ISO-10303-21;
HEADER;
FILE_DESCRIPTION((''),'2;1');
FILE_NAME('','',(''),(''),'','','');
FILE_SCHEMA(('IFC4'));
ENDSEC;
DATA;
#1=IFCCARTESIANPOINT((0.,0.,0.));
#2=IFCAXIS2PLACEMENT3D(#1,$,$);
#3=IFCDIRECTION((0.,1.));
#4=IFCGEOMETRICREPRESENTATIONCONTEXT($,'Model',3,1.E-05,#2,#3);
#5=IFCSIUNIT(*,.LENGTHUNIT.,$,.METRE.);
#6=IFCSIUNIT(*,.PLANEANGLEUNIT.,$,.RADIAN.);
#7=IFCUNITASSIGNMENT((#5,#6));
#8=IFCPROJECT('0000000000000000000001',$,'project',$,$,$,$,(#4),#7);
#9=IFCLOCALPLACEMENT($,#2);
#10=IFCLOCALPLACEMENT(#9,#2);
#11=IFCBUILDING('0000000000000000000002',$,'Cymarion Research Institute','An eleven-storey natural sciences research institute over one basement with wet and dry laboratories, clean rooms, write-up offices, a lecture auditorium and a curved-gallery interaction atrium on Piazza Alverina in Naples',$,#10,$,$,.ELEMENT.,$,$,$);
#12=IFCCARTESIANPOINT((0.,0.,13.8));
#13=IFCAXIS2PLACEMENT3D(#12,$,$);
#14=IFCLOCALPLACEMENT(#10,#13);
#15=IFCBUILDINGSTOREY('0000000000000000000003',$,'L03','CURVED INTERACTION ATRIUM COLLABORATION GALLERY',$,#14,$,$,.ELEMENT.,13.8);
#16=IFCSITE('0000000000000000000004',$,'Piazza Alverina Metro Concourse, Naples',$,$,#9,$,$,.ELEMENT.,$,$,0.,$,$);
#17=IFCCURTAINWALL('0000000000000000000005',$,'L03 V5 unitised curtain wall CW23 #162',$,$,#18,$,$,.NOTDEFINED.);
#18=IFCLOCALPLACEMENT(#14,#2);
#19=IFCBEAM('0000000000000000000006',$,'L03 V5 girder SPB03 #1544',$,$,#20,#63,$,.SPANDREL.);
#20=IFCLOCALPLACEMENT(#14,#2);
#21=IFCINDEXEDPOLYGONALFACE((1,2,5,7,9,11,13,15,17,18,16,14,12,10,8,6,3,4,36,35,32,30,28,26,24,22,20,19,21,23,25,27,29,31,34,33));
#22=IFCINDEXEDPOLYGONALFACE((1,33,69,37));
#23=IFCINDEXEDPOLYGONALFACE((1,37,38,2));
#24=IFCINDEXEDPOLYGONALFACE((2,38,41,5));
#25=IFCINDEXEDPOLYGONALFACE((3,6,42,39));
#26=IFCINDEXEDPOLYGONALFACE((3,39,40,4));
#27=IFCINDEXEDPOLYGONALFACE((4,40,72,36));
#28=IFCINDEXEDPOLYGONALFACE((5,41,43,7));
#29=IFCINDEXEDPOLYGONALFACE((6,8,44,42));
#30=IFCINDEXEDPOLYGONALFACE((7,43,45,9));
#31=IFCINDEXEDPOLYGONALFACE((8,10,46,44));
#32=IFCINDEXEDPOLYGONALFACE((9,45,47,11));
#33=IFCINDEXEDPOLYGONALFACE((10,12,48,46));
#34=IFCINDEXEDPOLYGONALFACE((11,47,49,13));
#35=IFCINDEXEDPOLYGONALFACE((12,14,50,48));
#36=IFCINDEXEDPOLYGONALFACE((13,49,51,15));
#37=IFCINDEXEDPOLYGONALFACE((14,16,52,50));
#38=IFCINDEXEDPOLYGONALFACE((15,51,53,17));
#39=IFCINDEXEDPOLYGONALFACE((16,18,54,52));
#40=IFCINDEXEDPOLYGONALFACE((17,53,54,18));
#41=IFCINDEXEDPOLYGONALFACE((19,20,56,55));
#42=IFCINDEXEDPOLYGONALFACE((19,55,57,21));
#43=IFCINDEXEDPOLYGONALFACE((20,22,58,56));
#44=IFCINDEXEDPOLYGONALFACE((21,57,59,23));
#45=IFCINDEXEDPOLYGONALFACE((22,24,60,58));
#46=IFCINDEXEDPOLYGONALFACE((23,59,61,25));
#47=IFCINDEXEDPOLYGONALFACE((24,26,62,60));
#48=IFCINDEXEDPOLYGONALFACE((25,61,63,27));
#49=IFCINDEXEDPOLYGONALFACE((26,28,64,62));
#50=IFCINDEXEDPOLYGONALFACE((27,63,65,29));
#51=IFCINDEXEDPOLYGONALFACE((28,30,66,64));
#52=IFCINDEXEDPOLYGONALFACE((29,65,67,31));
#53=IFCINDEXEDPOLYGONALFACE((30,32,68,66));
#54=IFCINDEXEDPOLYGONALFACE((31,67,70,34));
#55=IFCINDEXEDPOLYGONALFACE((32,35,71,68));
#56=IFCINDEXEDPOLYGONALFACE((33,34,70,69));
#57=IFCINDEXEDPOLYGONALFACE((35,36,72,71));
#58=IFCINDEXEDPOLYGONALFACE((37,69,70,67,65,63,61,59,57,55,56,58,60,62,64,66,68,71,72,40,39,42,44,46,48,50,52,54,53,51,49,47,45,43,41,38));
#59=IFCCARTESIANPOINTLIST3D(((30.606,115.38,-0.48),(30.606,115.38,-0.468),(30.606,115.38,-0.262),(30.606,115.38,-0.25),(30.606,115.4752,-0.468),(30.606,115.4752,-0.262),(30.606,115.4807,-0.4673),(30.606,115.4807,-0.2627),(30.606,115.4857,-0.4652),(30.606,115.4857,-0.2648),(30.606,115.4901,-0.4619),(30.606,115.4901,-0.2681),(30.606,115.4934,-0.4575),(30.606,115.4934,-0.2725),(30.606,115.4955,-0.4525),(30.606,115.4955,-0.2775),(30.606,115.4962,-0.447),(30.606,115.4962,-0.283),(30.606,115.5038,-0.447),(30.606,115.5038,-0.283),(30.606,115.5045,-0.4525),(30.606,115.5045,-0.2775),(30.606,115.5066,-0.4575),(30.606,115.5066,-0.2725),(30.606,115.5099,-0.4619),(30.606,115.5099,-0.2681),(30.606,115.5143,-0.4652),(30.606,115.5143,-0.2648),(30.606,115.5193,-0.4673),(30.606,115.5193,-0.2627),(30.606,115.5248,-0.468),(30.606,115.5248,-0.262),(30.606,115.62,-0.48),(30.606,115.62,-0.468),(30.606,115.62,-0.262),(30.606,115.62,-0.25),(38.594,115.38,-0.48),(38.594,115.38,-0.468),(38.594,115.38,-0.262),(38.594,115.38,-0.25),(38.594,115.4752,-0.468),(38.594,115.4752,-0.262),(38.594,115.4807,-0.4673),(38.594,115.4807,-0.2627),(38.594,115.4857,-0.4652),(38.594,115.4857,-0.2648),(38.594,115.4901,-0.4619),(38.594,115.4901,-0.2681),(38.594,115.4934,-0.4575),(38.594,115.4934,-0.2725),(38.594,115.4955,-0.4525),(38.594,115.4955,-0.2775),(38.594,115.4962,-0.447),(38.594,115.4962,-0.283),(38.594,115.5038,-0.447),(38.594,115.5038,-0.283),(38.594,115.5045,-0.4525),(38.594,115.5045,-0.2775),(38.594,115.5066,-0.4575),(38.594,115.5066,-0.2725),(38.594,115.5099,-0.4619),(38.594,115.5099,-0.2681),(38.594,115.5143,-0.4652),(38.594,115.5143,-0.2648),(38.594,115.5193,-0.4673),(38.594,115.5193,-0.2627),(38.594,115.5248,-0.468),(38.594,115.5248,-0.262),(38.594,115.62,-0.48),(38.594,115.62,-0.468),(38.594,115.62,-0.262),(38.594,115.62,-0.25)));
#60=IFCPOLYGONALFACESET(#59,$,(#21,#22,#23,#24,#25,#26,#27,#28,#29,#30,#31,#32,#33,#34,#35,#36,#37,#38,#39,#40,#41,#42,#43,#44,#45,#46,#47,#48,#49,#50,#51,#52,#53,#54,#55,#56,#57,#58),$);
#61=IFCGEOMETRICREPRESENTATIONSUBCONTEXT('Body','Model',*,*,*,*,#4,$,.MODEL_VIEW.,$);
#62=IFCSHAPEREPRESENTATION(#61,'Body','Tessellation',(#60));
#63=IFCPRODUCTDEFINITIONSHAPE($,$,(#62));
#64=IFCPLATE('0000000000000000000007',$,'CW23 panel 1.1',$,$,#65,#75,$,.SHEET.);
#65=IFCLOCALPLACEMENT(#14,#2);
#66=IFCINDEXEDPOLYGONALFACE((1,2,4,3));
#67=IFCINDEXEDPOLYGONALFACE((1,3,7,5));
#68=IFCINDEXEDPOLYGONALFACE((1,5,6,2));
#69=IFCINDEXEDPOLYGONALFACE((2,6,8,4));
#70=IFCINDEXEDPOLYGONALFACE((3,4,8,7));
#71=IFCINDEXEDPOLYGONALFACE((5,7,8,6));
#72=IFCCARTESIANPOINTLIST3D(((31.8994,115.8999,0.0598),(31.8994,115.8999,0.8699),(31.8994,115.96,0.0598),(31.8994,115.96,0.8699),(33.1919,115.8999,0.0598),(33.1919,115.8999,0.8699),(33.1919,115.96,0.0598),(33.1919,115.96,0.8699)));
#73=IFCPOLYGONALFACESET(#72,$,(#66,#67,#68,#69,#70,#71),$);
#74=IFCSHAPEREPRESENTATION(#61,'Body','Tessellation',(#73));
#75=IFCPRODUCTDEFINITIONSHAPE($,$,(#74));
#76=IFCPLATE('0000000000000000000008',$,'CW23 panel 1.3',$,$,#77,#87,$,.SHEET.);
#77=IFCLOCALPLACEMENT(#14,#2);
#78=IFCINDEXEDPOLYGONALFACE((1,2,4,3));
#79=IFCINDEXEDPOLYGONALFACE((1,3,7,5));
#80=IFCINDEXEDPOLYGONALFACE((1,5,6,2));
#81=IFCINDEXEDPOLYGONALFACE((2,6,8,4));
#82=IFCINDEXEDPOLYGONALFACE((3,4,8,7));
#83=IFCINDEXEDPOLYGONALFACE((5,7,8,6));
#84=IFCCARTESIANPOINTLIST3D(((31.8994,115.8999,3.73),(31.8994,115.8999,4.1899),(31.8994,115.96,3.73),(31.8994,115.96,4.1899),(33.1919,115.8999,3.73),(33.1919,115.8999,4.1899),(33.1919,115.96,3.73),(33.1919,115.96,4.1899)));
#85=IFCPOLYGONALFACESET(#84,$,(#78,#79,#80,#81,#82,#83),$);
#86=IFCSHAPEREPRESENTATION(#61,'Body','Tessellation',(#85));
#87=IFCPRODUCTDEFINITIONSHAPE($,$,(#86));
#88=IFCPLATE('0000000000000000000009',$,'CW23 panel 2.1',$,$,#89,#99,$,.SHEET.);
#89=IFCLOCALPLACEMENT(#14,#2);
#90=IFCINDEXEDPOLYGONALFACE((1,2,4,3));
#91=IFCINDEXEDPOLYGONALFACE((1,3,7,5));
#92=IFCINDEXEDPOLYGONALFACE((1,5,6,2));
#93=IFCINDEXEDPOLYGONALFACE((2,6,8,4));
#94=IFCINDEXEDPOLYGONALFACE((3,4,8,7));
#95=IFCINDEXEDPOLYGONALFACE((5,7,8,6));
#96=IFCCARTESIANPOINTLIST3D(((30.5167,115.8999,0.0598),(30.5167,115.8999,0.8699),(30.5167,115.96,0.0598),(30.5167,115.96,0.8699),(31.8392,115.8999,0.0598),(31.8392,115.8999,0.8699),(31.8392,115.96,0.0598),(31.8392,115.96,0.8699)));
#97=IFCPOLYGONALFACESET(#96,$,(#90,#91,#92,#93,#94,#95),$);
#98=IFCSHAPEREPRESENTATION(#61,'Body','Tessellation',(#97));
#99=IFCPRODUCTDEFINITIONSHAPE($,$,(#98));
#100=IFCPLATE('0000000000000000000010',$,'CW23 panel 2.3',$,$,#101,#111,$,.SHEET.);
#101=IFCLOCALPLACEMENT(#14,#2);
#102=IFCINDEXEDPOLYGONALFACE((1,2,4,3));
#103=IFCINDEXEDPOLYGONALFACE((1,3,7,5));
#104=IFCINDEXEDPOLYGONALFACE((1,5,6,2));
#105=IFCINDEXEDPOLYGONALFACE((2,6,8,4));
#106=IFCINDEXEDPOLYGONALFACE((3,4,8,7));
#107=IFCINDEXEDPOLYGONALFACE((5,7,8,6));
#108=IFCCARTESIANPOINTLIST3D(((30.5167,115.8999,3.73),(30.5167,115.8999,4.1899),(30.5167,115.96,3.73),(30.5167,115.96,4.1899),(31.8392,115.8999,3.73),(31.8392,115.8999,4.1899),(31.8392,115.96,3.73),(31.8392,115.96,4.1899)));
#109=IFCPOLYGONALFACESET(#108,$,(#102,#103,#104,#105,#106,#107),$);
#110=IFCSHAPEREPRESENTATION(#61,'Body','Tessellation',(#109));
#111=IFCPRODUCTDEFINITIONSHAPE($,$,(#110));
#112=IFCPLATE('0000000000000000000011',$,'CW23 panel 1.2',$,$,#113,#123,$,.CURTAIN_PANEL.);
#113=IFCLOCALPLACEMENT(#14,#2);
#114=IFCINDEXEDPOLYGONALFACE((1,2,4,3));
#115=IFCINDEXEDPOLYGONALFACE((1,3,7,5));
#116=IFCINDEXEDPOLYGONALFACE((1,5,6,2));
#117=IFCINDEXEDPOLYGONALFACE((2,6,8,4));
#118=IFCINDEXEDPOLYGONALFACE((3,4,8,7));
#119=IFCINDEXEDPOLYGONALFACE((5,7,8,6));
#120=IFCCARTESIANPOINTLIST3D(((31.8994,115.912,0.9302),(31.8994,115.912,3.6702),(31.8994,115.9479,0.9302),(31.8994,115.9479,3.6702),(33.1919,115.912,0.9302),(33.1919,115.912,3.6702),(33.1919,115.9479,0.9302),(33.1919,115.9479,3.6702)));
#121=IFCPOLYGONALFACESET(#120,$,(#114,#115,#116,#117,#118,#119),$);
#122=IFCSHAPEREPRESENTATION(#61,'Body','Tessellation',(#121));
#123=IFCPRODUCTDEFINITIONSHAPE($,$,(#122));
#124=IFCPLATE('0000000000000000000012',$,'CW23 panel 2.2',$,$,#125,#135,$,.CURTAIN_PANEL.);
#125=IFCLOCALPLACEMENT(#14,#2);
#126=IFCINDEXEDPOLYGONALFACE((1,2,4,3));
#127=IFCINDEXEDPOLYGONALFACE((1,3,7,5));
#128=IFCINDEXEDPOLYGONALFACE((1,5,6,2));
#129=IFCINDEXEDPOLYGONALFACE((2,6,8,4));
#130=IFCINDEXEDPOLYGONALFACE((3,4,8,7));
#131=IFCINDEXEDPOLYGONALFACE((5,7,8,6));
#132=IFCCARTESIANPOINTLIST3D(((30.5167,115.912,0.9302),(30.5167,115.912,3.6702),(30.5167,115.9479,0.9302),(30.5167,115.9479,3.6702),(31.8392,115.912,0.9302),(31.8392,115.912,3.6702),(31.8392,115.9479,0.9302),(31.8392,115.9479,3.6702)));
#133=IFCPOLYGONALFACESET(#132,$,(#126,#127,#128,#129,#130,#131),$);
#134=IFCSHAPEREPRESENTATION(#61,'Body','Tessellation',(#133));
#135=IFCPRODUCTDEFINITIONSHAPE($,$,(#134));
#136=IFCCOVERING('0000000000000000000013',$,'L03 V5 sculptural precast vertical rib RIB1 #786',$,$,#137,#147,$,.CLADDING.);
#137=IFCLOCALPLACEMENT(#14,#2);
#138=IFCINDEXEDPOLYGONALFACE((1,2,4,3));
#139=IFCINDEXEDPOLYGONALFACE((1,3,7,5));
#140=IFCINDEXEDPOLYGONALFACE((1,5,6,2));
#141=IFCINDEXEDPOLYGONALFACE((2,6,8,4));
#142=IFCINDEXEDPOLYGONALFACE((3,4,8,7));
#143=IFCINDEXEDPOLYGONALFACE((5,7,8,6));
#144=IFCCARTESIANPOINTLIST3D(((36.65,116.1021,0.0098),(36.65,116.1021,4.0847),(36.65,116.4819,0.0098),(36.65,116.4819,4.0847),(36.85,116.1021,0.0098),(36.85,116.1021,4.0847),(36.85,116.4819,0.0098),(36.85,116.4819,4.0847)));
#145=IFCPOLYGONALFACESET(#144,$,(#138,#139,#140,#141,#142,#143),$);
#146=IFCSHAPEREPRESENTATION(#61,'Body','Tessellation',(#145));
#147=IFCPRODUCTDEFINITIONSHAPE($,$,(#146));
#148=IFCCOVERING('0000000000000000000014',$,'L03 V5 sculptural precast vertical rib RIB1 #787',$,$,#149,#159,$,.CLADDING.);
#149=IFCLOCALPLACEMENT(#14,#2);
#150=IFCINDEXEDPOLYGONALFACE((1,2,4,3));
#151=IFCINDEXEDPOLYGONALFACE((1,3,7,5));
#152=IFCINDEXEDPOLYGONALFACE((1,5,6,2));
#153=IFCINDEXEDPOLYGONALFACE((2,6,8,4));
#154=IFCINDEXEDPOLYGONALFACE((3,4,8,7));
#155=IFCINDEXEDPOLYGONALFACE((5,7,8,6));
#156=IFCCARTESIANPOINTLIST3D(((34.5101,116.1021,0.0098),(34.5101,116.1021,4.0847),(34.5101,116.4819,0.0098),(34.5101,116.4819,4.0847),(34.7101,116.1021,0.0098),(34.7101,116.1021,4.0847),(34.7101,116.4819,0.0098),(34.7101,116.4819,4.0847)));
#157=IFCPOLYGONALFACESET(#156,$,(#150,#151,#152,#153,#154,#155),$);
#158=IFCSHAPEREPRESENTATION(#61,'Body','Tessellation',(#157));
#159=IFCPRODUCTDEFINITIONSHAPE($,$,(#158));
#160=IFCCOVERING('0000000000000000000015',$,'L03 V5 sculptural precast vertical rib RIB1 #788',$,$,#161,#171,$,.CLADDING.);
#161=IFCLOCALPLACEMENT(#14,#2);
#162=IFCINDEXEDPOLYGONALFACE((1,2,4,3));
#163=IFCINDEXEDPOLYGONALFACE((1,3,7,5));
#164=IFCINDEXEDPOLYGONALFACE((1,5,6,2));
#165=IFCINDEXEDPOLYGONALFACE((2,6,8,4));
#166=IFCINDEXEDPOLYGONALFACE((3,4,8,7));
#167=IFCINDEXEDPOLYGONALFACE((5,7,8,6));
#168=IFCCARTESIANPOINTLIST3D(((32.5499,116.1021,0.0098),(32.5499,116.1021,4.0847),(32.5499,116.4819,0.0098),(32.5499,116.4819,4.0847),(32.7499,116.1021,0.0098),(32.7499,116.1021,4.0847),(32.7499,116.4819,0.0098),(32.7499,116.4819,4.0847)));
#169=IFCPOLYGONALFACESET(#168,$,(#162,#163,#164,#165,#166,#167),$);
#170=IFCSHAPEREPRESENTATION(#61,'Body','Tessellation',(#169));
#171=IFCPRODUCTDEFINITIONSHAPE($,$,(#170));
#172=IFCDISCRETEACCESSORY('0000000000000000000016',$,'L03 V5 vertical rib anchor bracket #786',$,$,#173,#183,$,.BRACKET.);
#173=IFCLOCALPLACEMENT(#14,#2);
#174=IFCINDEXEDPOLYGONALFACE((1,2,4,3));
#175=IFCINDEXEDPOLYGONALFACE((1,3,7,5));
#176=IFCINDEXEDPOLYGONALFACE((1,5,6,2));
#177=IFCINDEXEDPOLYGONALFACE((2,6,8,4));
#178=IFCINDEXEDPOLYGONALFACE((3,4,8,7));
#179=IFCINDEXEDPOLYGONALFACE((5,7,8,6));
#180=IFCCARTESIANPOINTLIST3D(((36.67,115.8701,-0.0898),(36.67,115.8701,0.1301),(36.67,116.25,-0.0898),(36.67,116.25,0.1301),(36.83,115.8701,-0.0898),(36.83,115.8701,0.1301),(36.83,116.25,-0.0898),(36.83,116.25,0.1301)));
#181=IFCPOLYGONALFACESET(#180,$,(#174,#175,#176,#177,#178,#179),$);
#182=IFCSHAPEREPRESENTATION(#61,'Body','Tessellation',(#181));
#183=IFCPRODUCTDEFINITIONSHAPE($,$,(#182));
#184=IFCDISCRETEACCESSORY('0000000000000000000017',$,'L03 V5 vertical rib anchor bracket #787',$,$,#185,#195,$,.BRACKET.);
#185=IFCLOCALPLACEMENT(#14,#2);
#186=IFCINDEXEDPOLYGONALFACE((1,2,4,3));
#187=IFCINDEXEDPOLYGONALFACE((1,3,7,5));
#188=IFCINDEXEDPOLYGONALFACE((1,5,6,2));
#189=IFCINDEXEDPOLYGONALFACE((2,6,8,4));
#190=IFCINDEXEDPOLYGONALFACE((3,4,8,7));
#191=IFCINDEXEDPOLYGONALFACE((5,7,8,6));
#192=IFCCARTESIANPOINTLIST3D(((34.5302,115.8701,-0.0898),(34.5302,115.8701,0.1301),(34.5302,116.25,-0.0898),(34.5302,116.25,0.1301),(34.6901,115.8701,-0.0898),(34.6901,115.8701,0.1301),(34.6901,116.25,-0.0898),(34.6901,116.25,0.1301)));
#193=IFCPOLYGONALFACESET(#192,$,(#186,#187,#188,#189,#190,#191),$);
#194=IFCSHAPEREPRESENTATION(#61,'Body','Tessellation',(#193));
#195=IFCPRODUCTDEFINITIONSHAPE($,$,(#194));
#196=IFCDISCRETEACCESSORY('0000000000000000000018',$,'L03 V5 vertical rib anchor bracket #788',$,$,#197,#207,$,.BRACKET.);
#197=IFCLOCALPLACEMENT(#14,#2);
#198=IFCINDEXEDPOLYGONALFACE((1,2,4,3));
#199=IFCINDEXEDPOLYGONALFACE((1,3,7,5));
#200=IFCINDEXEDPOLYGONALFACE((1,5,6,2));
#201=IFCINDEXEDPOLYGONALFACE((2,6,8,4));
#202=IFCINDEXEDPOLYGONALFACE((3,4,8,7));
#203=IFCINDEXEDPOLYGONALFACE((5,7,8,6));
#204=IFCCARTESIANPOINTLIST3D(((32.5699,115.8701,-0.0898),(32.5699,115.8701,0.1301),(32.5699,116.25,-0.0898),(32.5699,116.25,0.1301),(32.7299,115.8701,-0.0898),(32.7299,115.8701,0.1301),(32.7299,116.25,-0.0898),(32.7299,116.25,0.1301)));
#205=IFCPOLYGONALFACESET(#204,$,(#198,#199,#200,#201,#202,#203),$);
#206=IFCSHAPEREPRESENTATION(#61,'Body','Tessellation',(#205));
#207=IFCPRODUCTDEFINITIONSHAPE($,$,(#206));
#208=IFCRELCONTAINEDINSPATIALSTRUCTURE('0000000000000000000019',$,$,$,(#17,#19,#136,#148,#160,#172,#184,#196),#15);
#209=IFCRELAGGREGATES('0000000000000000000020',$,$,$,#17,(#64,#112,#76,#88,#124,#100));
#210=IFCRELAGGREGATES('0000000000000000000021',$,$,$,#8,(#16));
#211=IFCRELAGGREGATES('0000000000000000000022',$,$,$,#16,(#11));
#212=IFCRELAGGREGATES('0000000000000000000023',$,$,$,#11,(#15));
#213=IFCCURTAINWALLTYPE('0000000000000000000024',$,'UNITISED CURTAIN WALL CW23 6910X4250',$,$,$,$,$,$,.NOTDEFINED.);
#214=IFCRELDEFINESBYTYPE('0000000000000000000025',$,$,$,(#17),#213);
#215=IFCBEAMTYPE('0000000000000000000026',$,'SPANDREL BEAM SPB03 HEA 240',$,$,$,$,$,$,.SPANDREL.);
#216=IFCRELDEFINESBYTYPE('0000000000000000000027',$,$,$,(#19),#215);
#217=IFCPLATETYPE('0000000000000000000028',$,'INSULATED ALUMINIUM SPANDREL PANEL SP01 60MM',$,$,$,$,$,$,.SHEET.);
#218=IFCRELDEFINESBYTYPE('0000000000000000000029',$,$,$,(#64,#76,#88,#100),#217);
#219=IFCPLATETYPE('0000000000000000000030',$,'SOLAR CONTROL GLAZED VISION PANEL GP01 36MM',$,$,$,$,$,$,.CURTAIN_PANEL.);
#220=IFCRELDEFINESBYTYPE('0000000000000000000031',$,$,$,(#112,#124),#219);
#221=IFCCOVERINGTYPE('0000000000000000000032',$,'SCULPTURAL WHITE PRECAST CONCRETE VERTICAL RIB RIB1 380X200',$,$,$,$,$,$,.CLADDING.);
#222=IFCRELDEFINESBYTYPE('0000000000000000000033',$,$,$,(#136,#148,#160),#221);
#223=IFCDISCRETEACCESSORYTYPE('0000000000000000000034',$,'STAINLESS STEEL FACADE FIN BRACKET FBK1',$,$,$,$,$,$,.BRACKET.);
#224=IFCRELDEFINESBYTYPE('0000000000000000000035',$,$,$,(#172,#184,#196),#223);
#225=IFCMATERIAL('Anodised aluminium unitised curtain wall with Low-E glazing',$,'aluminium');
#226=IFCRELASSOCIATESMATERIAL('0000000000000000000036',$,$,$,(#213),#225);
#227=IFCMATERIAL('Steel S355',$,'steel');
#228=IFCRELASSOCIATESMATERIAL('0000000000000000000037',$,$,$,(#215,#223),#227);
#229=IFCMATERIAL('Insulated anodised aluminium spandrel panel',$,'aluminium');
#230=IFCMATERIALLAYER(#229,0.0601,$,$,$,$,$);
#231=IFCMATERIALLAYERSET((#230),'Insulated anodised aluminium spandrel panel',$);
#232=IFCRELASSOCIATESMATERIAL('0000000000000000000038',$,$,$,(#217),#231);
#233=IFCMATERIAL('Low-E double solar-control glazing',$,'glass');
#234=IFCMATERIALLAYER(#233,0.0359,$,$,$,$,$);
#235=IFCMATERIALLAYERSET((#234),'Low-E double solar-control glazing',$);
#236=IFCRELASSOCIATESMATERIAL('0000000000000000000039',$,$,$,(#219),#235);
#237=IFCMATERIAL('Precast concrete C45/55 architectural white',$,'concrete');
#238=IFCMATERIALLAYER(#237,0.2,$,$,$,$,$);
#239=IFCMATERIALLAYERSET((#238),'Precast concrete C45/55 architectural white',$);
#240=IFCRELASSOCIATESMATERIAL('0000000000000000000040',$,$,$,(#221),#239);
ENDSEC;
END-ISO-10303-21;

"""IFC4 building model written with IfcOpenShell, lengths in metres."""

from ifc_helpers import new_model, si_unit, direction, frame, origin, origin_2d, place, context, subcontext, project, spatial, rectangle, i_section, extrude, material, layer, layer_set, material_profile, profile_set, type_object, element, aggregate, save


model = new_model("IFC4")

# Units and contexts
model_context = context("Model", 3, precision=1e-05, world=origin(), true_north=direction((0.0, 1.0)))
body_context = subcontext(model_context, "Body", "Model", "MODEL_VIEW")
ifc_project = project(units=[si_unit("LENGTHUNIT", "METRE"), si_unit("PLANEANGLEUNIT", "RADIAN")], contexts=[model_context])

# Site, building, storey
site_placement = place(None, origin())
site = spatial("IfcSite", under=ifc_project, at=site_placement, Name="Piazza Alverina Metro Concourse, Naples", CompositionType="ELEMENT", RefElevation=0.0)
building_placement = place(site_placement, origin())
building = spatial("IfcBuilding", under=site, at=building_placement, Name="Cymarion Research Institute", Description="An eleven-storey natural sciences research institute over one basement with wet and dry laboratories, clean rooms, write-up offices, a lecture auditorium and a curved-gallery interaction atrium on Piazza Alverina in Naples", CompositionType="ELEMENT")
storey_placement = place(building_placement, frame((0.0, 0.0, 13.8)))
storey = spatial("IfcBuildingStorey", under=building, at=storey_placement, Name="L03", Description="CURVED INTERACTION ATRIUM COLLABORATION GALLERY", CompositionType="ELEMENT", Elevation=13.8)

# Shared definitions
ifc_material_1 = material(Name="Steel S355", Category="steel")

# Curtain wall
ifc_material_2 = material(Name="Anodised aluminium unitised curtain wall with Low-E glazing", Category="aluminium")
curtain_wall_type = type_object("IfcCurtainWallType", Name="UNITISED CURTAIN WALL CW23 6910X4250", PredefinedType="NOTDEFINED", material=ifc_material_2)
curtain_wall_placement = place(storey_placement, origin())
curtain_wall = element("IfcCurtainWall", 1, at=curtain_wall_placement, inside=storey, type_object=curtain_wall_type, Name="L03 V5 unitised curtain wall CW23 #162", PredefinedType="NOTDEFINED")

# Beam
ifc_material_profile_1 = material_profile(ifc_material_1, i_section(OverallWidth=0.24, OverallDepth=0.23, WebThickness=0.0076, FlangeThickness=0.012, FilletRadius=0.021, at=origin_2d()), Name="HEA 240")
ifc_profile_set_1 = profile_set([ifc_material_profile_1], Name="Steel S355")
beam_type = type_object("IfcBeamType", Name="SPANDREL BEAM SPB03 HEA 240", PredefinedType="SPANDREL", material=ifc_profile_set_1)
beam_placement = place(storey_placement, frame((30.606, 115.5, -0.365), z_axis=(1.0, 0.0, 0.0), x_axis=(0.0, 1.0, 0.0)))
element("IfcBeam", 2, at=beam_placement, inside=storey, type_object=beam_type, Name="L03 V5 girder SPB03 #1544", PredefinedType="SPANDREL", context=body_context, shape_type="SweptSolid", body=[
    extrude(i_section(OverallWidth=0.24, OverallDepth=0.23, WebThickness=0.0076, FlangeThickness=0.012, FilletRadius=0.021, at=origin_2d()), origin(), (0.0, 0.0, 1.0), 7.988),
])

# Plates
ifc_material_3 = material(Name="Insulated anodised aluminium spandrel panel", Category="aluminium")
ifc_layer_1 = layer(ifc_material_3, 0.0601)
ifc_layer_set_1 = layer_set([ifc_layer_1], Name="Insulated anodised aluminium spandrel panel")
plate_type_1 = type_object("IfcPlateType", Name="INSULATED ALUMINIUM SPANDREL PANEL SP01 60MM", PredefinedType="SHEET", material=ifc_layer_set_1)
plate_1_placement = place(storey_placement, frame((32.5457, 115.9299, 0.0598), z_axis=(0.0, 0.0, 1.0), x_axis=(-1.0, 0.0, 0.0)))
plate_1 = element("IfcPlate", 3, at=plate_1_placement, type_object=plate_type_1, Name="CW23 panel 1.1", PredefinedType="SHEET", context=body_context, shape_type="SweptSolid", body=[
    extrude(rectangle(XDim=1.2925, YDim=0.0601, at=origin_2d()), origin(), (0.0, 0.0, 1.0), 0.8101),
])
plate_2_placement = place(storey_placement, frame((32.5457, 115.9299, 3.73), z_axis=(0.0, 0.0, 1.0), x_axis=(-1.0, 0.0, 0.0)))
plate_2 = element("IfcPlate", 4, at=plate_2_placement, type_object=plate_type_1, Name="CW23 panel 1.3", PredefinedType="SHEET", context=body_context, shape_type="SweptSolid", body=[
    extrude(rectangle(XDim=1.2925, YDim=0.0601, at=origin_2d()), origin(), (0.0, 0.0, 1.0), 0.46),
])
plate_3_placement = place(storey_placement, frame((31.178, 115.9299, 0.0598), z_axis=(0.0, 0.0, 1.0), x_axis=(-1.0, 0.0, 0.0)))
plate_3 = element("IfcPlate", 5, at=plate_3_placement, type_object=plate_type_1, Name="CW23 panel 2.1", PredefinedType="SHEET", context=body_context, shape_type="SweptSolid", body=[
    extrude(rectangle(XDim=1.3225, YDim=0.0601, at=origin_2d()), origin(), (0.0, 0.0, 1.0), 0.8101),
])
plate_4_placement = place(storey_placement, frame((31.178, 115.9299, 3.73), z_axis=(0.0, 0.0, 1.0), x_axis=(-1.0, 0.0, 0.0)))
plate_4 = element("IfcPlate", 6, at=plate_4_placement, type_object=plate_type_1, Name="CW23 panel 2.3", PredefinedType="SHEET", context=body_context, shape_type="SweptSolid", body=[
    extrude(rectangle(XDim=1.3225, YDim=0.0601, at=origin_2d()), origin(), (0.0, 0.0, 1.0), 0.46),
])
ifc_material_4 = material(Name="Low-E double solar-control glazing", Category="glass")
ifc_layer_2 = layer(ifc_material_4, 0.0359)
ifc_layer_set_2 = layer_set([ifc_layer_2], Name="Low-E double solar-control glazing")
plate_type_2 = type_object("IfcPlateType", Name="SOLAR CONTROL GLAZED VISION PANEL GP01 36MM", PredefinedType="CURTAIN_PANEL", material=ifc_layer_set_2)
plate_5_placement = place(storey_placement, frame((32.5457, 115.9299, 0.9302), z_axis=(0.0, 0.0, 1.0), x_axis=(-1.0, 0.0, 0.0)))
plate_5 = element("IfcPlate", 7, at=plate_5_placement, type_object=plate_type_2, Name="CW23 panel 1.2", PredefinedType="CURTAIN_PANEL", context=body_context, shape_type="SweptSolid", body=[
    extrude(rectangle(XDim=1.2925, YDim=0.0359, at=origin_2d()), origin(), (0.0, 0.0, 1.0), 2.74),
])
plate_6_placement = place(storey_placement, frame((31.178, 115.9299, 0.9302), z_axis=(0.0, 0.0, 1.0), x_axis=(-1.0, 0.0, 0.0)))
plate_6 = element("IfcPlate", 8, at=plate_6_placement, type_object=plate_type_2, Name="CW23 panel 2.2", PredefinedType="CURTAIN_PANEL", context=body_context, shape_type="SweptSolid", body=[
    extrude(rectangle(XDim=1.3225, YDim=0.0359, at=origin_2d()), origin(), (0.0, 0.0, 1.0), 2.74),
])
aggregate(curtain_wall, [plate_1, plate_5, plate_2, plate_3, plate_6, plate_4])

# Coverings
ifc_material_5 = material(Name="Precast concrete C45/55 architectural white", Category="concrete")
ifc_layer_3 = layer(ifc_material_5, 0.2)
ifc_layer_set_3 = layer_set([ifc_layer_3], Name="Precast concrete C45/55 architectural white")
covering_type = type_object("IfcCoveringType", Name="SCULPTURAL WHITE PRECAST CONCRETE VERTICAL RIB RIB1 380X200", PredefinedType="CLADDING", material=ifc_layer_set_3)
for number, where, z_axis, x_axis, name in (
    (9, (36.75, 116.292, 0.0098), (0.0, 0.0, 1.0), (0.0, 1.0, 0.0), "L03 V5 sculptural precast vertical rib RIB1 #786"),
    (10, (34.6101, 116.292, 0.0098), (0.0, 0.0, 1.0), (0.0, 1.0, 0.0), "L03 V5 sculptural precast vertical rib RIB1 #787"),
    (11, (32.6499, 116.292, 0.0098), (0.0, 0.0, 1.0), (0.0, 1.0, 0.0), "L03 V5 sculptural precast vertical rib RIB1 #788"),
):
    element("IfcCovering", number, at=place(storey_placement, frame(where, z_axis=z_axis, x_axis=x_axis)), inside=storey, type_object=covering_type, Name=name, PredefinedType="CLADDING", context=body_context, shape_type="SweptSolid", body=[
        extrude(rectangle(XDim=0.3799, YDim=0.2, at=origin_2d()), origin(), (0.0, 0.0, 1.0), 4.075),
    ])

# Discrete accessories
discrete_accessory_type = type_object("IfcDiscreteAccessoryType", Name="STAINLESS STEEL FACADE FIN BRACKET FBK1", PredefinedType="BRACKET", material=ifc_material_1)
for number, where, z_axis, x_axis, name in (
    (12, (36.75, 116.0601, -0.0898), (0.0, 0.0, 1.0), (0.0, 1.0, 0.0), "L03 V5 vertical rib anchor bracket #786"),
    (13, (34.6101, 116.0601, -0.0898), (0.0, 0.0, 1.0), (0.0, 1.0, 0.0), "L03 V5 vertical rib anchor bracket #787"),
    (14, (32.6499, 116.0601, -0.0898), (0.0, 0.0, 1.0), (0.0, 1.0, 0.0), "L03 V5 vertical rib anchor bracket #788"),
):
    element("IfcDiscreteAccessory", number, at=place(storey_placement, frame(where, z_axis=z_axis, x_axis=x_axis)), inside=storey, type_object=discrete_accessory_type, Name=name, PredefinedType="BRACKET", context=body_context, shape_type="SweptSolid", body=[
        extrude(rectangle(XDim=0.3799, YDim=0.1599, at=origin_2d()), origin(), (0.0, 0.0, 1.0), 0.22),
    ])

save(model, "model.ifc")
